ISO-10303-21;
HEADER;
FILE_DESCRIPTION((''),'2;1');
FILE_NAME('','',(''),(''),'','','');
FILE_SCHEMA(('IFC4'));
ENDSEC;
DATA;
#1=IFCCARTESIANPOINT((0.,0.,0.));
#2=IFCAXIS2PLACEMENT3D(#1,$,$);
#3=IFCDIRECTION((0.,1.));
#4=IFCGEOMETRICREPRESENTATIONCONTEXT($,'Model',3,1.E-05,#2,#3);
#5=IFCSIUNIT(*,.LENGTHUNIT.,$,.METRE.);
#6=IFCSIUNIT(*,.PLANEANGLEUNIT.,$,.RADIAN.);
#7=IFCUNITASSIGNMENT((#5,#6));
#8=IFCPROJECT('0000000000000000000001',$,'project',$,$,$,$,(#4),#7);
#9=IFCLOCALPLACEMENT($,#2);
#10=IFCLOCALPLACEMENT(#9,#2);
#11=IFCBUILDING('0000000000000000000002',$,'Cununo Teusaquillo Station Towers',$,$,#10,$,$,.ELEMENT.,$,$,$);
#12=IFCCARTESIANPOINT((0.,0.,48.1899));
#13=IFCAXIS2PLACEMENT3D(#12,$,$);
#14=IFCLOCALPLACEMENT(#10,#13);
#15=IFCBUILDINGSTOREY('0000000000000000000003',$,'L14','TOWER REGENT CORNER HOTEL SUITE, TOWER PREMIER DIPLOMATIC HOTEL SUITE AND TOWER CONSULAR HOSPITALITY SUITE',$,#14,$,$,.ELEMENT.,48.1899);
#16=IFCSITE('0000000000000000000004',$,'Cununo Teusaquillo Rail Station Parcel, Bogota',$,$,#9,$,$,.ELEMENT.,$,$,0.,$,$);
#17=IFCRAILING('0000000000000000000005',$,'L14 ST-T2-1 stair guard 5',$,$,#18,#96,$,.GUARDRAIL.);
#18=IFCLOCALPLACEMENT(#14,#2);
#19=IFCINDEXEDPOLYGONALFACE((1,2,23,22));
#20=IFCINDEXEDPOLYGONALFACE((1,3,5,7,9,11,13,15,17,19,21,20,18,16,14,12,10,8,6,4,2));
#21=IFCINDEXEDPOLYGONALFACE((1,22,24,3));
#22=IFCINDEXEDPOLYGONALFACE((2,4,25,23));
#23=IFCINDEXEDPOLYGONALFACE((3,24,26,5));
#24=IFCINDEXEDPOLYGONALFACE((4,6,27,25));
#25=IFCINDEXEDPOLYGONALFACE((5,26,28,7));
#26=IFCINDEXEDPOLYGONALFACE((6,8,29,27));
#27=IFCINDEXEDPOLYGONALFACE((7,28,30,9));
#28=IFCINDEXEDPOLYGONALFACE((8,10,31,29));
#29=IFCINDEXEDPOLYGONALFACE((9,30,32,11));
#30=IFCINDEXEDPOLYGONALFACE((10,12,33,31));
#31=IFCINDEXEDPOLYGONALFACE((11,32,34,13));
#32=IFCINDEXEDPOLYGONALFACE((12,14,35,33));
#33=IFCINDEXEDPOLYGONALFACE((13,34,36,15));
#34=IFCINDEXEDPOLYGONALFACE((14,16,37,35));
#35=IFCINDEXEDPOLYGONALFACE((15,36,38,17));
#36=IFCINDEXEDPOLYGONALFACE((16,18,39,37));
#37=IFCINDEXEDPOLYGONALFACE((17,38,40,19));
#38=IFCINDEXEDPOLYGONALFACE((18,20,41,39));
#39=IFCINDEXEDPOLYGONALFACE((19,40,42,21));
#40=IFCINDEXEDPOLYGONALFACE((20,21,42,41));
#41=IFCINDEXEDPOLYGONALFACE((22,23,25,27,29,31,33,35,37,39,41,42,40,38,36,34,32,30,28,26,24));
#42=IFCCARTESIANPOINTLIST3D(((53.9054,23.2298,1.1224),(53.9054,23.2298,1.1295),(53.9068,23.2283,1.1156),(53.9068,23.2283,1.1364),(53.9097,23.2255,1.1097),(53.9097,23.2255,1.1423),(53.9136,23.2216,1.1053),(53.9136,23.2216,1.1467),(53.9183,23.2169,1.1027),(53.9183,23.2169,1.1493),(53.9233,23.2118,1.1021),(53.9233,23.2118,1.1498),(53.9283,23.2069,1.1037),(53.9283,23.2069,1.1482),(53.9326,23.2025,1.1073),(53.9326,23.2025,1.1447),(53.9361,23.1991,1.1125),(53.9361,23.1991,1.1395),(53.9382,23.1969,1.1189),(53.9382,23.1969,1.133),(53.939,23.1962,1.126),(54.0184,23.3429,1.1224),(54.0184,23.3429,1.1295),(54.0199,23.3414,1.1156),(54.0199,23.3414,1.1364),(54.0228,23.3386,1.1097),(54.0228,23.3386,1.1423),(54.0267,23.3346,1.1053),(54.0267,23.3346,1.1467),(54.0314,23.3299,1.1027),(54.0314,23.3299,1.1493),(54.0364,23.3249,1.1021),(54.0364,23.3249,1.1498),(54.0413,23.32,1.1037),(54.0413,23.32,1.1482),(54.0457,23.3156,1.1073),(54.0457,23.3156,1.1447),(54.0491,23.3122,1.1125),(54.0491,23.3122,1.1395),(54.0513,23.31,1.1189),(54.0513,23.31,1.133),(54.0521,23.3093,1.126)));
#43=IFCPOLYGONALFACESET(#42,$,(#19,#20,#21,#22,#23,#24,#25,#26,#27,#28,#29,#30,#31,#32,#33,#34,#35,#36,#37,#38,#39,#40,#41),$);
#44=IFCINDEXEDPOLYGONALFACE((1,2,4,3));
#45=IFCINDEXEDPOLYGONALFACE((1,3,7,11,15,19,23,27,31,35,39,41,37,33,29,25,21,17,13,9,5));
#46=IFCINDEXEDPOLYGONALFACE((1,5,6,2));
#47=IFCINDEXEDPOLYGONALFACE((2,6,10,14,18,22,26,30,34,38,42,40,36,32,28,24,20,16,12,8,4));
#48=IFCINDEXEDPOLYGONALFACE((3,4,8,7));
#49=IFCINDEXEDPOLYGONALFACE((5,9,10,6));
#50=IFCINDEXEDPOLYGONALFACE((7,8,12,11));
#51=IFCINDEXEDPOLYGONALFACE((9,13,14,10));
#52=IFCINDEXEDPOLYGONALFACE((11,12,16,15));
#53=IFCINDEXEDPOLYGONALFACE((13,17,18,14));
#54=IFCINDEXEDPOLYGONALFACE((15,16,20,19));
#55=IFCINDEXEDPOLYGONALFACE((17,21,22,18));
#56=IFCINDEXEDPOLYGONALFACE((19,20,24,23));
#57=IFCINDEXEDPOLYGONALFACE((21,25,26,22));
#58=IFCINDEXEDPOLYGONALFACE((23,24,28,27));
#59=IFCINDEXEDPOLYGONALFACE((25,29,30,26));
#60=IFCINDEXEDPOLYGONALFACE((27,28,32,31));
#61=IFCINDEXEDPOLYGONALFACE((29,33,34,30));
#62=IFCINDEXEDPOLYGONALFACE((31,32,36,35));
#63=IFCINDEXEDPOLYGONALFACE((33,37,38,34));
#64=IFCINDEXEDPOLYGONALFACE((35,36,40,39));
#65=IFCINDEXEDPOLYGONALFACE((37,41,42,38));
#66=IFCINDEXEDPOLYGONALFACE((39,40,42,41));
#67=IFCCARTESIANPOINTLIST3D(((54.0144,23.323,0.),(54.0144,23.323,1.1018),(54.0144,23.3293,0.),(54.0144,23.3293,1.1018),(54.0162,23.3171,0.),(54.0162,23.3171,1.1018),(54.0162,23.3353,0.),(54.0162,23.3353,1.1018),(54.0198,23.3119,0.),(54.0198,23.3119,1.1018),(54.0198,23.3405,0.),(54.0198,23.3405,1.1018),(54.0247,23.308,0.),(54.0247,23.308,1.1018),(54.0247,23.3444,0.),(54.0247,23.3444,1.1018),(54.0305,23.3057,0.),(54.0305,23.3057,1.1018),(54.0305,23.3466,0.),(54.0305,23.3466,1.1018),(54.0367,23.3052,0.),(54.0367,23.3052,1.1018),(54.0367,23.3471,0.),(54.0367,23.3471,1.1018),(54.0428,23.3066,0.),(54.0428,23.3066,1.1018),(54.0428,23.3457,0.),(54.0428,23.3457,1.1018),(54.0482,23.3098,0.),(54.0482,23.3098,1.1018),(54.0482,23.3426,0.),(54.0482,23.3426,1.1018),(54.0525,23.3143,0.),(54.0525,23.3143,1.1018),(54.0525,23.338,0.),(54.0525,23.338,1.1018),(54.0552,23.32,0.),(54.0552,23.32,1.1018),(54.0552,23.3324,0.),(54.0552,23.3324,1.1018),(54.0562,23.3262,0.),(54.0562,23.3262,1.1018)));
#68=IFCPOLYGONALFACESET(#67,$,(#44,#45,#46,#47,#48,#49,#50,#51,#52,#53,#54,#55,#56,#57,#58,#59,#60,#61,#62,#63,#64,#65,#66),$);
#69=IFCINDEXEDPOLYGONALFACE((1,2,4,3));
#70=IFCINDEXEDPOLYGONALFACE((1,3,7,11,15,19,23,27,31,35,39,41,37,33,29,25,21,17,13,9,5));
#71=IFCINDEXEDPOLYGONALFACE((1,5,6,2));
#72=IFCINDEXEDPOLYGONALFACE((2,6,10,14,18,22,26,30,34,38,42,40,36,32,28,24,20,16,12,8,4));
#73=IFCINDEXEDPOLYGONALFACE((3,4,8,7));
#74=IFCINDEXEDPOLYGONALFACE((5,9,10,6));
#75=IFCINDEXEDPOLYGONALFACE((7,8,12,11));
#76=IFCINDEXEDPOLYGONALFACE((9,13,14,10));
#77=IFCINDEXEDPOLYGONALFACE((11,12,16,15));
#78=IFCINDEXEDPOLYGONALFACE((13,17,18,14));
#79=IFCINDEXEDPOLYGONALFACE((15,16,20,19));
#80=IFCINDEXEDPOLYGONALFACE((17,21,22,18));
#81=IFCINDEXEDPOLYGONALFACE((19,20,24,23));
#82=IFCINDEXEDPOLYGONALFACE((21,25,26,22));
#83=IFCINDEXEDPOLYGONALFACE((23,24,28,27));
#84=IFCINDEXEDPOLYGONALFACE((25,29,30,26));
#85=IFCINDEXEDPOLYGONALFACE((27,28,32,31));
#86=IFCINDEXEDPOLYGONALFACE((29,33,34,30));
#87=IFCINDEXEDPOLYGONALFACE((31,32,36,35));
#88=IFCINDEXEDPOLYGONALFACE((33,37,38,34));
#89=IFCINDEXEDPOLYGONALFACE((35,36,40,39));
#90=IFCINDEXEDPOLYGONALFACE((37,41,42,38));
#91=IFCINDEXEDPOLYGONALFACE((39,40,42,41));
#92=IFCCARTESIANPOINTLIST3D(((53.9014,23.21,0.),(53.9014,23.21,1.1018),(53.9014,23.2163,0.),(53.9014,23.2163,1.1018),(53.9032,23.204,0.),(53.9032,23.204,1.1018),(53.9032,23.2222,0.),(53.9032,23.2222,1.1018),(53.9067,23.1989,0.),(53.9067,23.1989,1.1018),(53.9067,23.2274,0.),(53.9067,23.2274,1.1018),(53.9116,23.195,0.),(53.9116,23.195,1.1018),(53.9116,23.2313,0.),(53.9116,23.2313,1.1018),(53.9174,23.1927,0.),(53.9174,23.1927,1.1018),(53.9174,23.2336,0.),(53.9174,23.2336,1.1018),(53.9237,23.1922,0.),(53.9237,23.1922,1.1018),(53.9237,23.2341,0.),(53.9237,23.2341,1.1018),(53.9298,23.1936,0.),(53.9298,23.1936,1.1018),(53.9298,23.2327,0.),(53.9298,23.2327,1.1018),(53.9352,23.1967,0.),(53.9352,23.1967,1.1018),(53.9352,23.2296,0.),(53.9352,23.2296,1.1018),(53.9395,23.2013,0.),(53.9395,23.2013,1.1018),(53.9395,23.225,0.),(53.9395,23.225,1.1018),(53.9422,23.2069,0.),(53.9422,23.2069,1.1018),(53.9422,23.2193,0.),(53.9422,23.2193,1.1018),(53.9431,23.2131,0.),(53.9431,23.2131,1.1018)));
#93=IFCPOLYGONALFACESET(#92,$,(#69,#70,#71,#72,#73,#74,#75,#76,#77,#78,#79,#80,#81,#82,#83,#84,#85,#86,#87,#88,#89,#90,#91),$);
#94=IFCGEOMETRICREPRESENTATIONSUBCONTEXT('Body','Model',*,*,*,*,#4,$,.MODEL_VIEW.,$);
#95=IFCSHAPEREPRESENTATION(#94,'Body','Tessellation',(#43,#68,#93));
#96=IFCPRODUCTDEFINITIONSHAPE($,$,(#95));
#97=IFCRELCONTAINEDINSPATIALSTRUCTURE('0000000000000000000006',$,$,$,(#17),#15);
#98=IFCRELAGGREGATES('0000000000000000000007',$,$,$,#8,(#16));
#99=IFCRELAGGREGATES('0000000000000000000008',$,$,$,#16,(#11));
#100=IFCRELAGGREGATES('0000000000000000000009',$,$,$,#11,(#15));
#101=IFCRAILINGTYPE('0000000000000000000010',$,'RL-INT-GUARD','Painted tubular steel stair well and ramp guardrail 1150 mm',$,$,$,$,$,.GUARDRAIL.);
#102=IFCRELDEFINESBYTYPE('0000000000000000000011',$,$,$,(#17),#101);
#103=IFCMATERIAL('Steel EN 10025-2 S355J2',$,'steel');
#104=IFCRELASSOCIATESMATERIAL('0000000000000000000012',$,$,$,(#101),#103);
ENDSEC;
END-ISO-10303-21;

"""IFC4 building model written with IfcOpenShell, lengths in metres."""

from ifc_helpers import new_model, si_unit, direction, frame, origin, origin_2d, place, context, subcontext, project, spatial, circle, extrude, material, type_object, element, save


model = new_model("IFC4")

# Units and contexts
model_context = context("Model", 3, precision=1e-05, world=origin(), true_north=direction((0.0, 1.0)))
body_context = subcontext(model_context, "Body", "Model", "MODEL_VIEW")
ifc_project = project(units=[si_unit("LENGTHUNIT", "METRE"), si_unit("PLANEANGLEUNIT", "RADIAN")], contexts=[model_context])

# Site, building, storey
site_placement = place(None, origin())
site = spatial("IfcSite", under=ifc_project, at=site_placement, Name="Cununo Teusaquillo Rail Station Parcel, Bogota", CompositionType="ELEMENT", RefElevation=0.0)
building_placement = place(site_placement, origin())
building = spatial("IfcBuilding", under=site, at=building_placement, Name="Cununo Teusaquillo Station Towers", CompositionType="ELEMENT")
storey_placement = place(building_placement, frame((0.0, 0.0, 48.1899)))
storey = spatial("IfcBuildingStorey", under=building, at=storey_placement, Name="L14", Description="TOWER REGENT CORNER HOTEL SUITE, TOWER PREMIER DIPLOMATIC HOTEL SUITE AND TOWER CONSULAR HOSPITALITY SUITE", CompositionType="ELEMENT", Elevation=48.1899)

# Railing
ifc_material_1 = material(Name="Steel EN 10025-2 S355J2", Category="steel")
railing_type_1 = type_object("IfcRailingType", Name="RL-INT-GUARD", Description="Painted tubular steel stair well and ramp guardrail 1150 mm", PredefinedType="GUARDRAIL", material=ifc_material_1)
railing_1_placement = place(storey_placement, frame((54.0352, 23.3262, 0.0)))
element("IfcRailing", 1, at=railing_1_placement, inside=storey, type_object=railing_type_1, Name="L14 ST-T2-1 stair guard 5", PredefinedType="GUARDRAIL", context=body_context, shape_type="SweptSolid", body=[
    extrude(circle(Radius=0.0239, at=origin_2d()), frame((0.0, 0.0, 1.126), z_axis=(-0.707107, -0.707107, 0.0), x_axis=(0.707107, -0.707107, 0.0)), (0.0, 0.0, 1.0), 0.1599),
    extrude(circle(Radius=0.021, at=origin_2d()), origin(), (0.0, 0.0, 1.0), 1.1018),
    extrude(circle(Radius=0.021, at=origin_2d()), frame((-0.113, -0.113, 0.0)), (0.0, 0.0, 1.0), 1.1018),
])

save(model, "model.ifc")
